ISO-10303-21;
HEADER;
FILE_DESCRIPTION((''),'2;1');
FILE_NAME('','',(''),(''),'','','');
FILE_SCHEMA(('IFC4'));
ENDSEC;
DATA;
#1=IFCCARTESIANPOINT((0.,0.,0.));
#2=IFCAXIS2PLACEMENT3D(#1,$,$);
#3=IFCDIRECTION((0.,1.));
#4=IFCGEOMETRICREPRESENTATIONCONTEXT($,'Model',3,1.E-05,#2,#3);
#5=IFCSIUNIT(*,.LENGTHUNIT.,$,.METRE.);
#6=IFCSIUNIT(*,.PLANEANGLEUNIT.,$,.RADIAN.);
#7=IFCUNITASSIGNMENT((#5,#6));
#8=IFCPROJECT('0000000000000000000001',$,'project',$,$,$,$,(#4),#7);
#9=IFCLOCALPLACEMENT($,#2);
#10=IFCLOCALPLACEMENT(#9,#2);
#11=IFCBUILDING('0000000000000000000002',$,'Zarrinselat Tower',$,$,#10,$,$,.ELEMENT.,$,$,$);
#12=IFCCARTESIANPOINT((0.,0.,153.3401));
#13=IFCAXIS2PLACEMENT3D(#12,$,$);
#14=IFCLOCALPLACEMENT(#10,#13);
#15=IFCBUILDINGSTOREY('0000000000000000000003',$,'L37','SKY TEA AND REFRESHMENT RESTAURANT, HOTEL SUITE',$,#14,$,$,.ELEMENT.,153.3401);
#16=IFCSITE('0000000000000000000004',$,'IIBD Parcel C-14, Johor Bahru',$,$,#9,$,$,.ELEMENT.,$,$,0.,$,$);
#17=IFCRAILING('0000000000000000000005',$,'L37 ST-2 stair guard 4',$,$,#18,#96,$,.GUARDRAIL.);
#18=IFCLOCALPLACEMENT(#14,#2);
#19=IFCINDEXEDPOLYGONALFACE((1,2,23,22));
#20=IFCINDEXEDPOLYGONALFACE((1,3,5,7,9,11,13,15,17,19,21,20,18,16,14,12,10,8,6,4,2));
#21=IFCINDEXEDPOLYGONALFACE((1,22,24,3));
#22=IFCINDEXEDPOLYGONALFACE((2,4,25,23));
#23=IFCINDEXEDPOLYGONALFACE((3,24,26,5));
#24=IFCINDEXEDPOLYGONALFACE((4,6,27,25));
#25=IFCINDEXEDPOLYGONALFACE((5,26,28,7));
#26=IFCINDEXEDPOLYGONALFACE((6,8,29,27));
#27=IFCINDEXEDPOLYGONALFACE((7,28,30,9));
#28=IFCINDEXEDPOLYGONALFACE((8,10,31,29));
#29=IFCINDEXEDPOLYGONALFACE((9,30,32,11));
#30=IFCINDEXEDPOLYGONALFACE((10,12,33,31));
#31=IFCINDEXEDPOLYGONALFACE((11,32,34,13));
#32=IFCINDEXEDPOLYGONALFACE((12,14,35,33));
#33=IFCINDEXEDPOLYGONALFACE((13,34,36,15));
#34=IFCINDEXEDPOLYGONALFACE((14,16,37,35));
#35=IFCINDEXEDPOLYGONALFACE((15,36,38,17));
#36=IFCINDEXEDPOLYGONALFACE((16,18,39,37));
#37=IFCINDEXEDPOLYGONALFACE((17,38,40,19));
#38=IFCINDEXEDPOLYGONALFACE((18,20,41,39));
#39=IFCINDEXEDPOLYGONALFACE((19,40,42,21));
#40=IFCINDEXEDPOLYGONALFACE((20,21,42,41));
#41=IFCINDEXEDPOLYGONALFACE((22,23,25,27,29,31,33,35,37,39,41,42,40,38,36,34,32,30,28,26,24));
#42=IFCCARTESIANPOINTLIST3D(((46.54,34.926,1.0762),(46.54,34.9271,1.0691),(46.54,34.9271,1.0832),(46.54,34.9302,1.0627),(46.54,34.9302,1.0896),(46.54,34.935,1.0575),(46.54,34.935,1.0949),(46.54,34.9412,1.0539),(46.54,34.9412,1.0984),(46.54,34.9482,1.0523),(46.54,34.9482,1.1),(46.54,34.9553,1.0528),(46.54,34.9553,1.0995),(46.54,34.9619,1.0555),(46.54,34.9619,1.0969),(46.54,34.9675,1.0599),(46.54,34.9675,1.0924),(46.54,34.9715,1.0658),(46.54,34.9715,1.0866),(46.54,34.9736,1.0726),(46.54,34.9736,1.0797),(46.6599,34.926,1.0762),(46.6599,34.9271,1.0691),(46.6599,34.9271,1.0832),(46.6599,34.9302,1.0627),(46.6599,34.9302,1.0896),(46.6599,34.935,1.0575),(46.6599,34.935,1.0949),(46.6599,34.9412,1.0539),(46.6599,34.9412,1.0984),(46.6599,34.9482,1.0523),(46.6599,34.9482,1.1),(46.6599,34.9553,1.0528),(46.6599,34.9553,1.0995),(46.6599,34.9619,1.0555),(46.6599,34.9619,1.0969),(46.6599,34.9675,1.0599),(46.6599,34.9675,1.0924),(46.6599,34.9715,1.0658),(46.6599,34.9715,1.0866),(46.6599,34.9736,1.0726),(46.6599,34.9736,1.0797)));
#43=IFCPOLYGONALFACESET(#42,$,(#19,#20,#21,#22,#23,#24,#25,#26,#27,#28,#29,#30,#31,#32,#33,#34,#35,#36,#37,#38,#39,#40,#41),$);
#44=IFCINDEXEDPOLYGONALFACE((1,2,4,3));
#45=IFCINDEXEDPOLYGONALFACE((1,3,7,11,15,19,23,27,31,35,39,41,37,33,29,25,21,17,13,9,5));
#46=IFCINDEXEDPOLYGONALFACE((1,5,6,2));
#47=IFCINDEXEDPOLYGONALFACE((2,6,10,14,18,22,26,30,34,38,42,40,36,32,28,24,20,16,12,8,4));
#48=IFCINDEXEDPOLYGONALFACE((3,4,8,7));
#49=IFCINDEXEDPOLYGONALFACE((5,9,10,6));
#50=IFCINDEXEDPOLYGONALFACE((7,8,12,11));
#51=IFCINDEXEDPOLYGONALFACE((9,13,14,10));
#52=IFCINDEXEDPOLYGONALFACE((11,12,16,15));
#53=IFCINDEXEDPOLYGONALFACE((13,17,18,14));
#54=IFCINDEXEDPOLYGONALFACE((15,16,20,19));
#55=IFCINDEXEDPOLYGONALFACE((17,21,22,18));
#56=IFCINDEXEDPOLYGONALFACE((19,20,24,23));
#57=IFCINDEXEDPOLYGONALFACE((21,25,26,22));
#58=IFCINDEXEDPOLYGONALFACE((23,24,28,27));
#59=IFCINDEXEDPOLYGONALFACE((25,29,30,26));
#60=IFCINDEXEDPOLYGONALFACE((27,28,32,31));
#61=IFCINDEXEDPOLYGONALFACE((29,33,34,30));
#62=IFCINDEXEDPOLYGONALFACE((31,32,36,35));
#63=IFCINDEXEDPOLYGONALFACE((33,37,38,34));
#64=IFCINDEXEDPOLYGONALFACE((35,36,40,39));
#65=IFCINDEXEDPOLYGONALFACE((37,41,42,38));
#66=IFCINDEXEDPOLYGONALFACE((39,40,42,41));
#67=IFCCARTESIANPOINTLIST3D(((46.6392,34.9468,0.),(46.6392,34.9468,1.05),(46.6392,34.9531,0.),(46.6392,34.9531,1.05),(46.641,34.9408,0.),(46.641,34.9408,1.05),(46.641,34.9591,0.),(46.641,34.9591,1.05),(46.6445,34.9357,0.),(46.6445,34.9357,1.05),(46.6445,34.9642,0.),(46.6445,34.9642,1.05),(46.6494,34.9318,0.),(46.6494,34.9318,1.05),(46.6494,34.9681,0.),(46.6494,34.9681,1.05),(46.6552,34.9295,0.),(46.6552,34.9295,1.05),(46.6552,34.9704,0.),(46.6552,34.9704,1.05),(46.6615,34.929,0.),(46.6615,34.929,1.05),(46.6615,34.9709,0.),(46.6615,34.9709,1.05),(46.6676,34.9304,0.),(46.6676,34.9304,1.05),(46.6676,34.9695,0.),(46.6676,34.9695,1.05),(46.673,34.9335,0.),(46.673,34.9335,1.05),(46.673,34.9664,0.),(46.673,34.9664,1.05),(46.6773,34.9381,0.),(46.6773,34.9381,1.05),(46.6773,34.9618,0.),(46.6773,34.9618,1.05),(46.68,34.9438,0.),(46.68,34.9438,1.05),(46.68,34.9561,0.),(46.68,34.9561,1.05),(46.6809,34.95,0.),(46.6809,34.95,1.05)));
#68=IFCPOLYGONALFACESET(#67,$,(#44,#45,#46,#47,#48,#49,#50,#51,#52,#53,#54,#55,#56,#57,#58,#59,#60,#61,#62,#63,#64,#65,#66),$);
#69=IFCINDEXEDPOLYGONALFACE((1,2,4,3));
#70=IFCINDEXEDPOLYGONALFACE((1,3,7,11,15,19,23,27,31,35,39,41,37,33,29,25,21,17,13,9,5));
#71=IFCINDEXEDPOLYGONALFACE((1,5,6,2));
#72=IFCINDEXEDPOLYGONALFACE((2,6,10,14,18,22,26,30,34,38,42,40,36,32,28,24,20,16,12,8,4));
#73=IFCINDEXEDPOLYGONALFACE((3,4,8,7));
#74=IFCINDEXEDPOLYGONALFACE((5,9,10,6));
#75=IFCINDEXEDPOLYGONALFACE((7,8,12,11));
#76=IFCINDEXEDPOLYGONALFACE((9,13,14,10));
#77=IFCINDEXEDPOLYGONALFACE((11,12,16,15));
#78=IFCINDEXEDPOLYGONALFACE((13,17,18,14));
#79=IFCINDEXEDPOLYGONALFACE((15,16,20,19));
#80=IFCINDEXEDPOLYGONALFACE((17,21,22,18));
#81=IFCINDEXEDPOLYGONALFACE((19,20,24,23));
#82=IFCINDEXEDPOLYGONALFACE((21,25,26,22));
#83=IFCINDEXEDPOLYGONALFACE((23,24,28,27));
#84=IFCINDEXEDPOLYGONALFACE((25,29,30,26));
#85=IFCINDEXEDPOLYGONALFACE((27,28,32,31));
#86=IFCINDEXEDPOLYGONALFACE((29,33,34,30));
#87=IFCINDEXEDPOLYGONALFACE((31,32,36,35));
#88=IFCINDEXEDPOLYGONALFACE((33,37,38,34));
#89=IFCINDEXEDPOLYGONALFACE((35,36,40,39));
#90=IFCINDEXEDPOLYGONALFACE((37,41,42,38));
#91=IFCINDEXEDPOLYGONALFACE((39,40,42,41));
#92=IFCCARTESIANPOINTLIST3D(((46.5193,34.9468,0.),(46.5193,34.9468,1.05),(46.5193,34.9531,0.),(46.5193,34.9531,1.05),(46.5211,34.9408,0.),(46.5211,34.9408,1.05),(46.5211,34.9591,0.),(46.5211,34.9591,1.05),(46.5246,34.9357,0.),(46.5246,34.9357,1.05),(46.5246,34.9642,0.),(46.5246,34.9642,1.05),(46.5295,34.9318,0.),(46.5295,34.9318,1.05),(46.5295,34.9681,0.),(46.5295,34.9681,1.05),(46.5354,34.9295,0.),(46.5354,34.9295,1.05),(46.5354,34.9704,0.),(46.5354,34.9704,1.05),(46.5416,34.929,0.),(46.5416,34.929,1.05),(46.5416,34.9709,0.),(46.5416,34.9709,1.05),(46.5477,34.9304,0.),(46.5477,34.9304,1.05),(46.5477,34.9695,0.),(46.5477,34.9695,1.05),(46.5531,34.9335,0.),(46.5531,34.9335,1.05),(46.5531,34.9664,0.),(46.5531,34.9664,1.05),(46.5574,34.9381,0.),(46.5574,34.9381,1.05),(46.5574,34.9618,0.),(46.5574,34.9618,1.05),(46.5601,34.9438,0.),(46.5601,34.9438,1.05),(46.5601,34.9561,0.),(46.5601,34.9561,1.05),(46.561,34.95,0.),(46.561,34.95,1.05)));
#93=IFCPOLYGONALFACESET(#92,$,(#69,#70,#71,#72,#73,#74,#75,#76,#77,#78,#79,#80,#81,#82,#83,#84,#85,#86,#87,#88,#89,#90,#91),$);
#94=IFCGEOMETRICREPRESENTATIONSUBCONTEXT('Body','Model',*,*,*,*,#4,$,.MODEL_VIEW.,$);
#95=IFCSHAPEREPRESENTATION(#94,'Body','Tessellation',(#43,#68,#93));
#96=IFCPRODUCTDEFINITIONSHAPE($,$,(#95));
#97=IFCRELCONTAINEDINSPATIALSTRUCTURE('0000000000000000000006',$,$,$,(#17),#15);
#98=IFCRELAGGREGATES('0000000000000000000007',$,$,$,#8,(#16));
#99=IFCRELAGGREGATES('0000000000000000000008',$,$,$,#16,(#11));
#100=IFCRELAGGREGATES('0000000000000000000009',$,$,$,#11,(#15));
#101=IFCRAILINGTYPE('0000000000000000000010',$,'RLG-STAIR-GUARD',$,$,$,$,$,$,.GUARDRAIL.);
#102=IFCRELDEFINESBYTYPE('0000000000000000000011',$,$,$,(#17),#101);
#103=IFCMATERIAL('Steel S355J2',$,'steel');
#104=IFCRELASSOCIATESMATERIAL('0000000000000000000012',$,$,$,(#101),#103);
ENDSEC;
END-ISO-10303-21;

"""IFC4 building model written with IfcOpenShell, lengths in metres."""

from ifc_helpers import new_model, si_unit, direction, frame, origin, origin_2d, place, context, subcontext, project, spatial, circle, extrude, material, type_object, element, save


model = new_model("IFC4")

# Units and contexts
model_context = context("Model", 3, precision=1e-05, world=origin(), true_north=direction((0.0, 1.0)))
body_context = subcontext(model_context, "Body", "Model", "MODEL_VIEW")
ifc_project = project(units=[si_unit("LENGTHUNIT", "METRE"), si_unit("PLANEANGLEUNIT", "RADIAN")], contexts=[model_context])

# Site, building, storey
site_placement = place(None, origin())
site = spatial("IfcSite", under=ifc_project, at=site_placement, Name="IIBD Parcel C-14, Johor Bahru", CompositionType="ELEMENT", RefElevation=0.0)
building_placement = place(site_placement, origin())
building = spatial("IfcBuilding", under=site, at=building_placement, Name="Zarrinselat Tower", CompositionType="ELEMENT")
storey_placement = place(building_placement, frame((0.0, 0.0, 153.3401)))
storey = spatial("IfcBuildingStorey", under=building, at=storey_placement, Name="L37", Description="SKY TEA AND REFRESHMENT RESTAURANT, HOTEL SUITE", CompositionType="ELEMENT", Elevation=153.3401)

# Railing
ifc_material_1 = material(Name="Steel S355J2", Category="steel")
railing_type_1 = type_object("IfcRailingType", Name="RLG-STAIR-GUARD", PredefinedType="GUARDRAIL", material=ifc_material_1)
railing_1_placement = place(storey_placement, frame((46.6599, 34.95, 0.0)))
element("IfcRailing", 1, at=railing_1_placement, inside=storey, type_object=railing_type_1, Name="L37 ST-2 stair guard 4", PredefinedType="GUARDRAIL", context=body_context, shape_type="SweptSolid", body=[
    extrude(circle(Radius=0.0239, at=origin_2d()), frame((0.0, 0.0, 1.0762), z_axis=(-1.0, 0.0, 0.0), x_axis=(0.0, -1.0, 0.0)), (0.0, 0.0, 1.0), 0.1199),
    extrude(circle(Radius=0.021, at=origin_2d()), origin(), (0.0, 0.0, 1.0), 1.05),
    extrude(circle(Radius=0.021, at=origin_2d()), frame((-0.1199, 0.0, 0.0)), (0.0, 0.0, 1.0), 1.05),
])

save(model, "model.ifc")
